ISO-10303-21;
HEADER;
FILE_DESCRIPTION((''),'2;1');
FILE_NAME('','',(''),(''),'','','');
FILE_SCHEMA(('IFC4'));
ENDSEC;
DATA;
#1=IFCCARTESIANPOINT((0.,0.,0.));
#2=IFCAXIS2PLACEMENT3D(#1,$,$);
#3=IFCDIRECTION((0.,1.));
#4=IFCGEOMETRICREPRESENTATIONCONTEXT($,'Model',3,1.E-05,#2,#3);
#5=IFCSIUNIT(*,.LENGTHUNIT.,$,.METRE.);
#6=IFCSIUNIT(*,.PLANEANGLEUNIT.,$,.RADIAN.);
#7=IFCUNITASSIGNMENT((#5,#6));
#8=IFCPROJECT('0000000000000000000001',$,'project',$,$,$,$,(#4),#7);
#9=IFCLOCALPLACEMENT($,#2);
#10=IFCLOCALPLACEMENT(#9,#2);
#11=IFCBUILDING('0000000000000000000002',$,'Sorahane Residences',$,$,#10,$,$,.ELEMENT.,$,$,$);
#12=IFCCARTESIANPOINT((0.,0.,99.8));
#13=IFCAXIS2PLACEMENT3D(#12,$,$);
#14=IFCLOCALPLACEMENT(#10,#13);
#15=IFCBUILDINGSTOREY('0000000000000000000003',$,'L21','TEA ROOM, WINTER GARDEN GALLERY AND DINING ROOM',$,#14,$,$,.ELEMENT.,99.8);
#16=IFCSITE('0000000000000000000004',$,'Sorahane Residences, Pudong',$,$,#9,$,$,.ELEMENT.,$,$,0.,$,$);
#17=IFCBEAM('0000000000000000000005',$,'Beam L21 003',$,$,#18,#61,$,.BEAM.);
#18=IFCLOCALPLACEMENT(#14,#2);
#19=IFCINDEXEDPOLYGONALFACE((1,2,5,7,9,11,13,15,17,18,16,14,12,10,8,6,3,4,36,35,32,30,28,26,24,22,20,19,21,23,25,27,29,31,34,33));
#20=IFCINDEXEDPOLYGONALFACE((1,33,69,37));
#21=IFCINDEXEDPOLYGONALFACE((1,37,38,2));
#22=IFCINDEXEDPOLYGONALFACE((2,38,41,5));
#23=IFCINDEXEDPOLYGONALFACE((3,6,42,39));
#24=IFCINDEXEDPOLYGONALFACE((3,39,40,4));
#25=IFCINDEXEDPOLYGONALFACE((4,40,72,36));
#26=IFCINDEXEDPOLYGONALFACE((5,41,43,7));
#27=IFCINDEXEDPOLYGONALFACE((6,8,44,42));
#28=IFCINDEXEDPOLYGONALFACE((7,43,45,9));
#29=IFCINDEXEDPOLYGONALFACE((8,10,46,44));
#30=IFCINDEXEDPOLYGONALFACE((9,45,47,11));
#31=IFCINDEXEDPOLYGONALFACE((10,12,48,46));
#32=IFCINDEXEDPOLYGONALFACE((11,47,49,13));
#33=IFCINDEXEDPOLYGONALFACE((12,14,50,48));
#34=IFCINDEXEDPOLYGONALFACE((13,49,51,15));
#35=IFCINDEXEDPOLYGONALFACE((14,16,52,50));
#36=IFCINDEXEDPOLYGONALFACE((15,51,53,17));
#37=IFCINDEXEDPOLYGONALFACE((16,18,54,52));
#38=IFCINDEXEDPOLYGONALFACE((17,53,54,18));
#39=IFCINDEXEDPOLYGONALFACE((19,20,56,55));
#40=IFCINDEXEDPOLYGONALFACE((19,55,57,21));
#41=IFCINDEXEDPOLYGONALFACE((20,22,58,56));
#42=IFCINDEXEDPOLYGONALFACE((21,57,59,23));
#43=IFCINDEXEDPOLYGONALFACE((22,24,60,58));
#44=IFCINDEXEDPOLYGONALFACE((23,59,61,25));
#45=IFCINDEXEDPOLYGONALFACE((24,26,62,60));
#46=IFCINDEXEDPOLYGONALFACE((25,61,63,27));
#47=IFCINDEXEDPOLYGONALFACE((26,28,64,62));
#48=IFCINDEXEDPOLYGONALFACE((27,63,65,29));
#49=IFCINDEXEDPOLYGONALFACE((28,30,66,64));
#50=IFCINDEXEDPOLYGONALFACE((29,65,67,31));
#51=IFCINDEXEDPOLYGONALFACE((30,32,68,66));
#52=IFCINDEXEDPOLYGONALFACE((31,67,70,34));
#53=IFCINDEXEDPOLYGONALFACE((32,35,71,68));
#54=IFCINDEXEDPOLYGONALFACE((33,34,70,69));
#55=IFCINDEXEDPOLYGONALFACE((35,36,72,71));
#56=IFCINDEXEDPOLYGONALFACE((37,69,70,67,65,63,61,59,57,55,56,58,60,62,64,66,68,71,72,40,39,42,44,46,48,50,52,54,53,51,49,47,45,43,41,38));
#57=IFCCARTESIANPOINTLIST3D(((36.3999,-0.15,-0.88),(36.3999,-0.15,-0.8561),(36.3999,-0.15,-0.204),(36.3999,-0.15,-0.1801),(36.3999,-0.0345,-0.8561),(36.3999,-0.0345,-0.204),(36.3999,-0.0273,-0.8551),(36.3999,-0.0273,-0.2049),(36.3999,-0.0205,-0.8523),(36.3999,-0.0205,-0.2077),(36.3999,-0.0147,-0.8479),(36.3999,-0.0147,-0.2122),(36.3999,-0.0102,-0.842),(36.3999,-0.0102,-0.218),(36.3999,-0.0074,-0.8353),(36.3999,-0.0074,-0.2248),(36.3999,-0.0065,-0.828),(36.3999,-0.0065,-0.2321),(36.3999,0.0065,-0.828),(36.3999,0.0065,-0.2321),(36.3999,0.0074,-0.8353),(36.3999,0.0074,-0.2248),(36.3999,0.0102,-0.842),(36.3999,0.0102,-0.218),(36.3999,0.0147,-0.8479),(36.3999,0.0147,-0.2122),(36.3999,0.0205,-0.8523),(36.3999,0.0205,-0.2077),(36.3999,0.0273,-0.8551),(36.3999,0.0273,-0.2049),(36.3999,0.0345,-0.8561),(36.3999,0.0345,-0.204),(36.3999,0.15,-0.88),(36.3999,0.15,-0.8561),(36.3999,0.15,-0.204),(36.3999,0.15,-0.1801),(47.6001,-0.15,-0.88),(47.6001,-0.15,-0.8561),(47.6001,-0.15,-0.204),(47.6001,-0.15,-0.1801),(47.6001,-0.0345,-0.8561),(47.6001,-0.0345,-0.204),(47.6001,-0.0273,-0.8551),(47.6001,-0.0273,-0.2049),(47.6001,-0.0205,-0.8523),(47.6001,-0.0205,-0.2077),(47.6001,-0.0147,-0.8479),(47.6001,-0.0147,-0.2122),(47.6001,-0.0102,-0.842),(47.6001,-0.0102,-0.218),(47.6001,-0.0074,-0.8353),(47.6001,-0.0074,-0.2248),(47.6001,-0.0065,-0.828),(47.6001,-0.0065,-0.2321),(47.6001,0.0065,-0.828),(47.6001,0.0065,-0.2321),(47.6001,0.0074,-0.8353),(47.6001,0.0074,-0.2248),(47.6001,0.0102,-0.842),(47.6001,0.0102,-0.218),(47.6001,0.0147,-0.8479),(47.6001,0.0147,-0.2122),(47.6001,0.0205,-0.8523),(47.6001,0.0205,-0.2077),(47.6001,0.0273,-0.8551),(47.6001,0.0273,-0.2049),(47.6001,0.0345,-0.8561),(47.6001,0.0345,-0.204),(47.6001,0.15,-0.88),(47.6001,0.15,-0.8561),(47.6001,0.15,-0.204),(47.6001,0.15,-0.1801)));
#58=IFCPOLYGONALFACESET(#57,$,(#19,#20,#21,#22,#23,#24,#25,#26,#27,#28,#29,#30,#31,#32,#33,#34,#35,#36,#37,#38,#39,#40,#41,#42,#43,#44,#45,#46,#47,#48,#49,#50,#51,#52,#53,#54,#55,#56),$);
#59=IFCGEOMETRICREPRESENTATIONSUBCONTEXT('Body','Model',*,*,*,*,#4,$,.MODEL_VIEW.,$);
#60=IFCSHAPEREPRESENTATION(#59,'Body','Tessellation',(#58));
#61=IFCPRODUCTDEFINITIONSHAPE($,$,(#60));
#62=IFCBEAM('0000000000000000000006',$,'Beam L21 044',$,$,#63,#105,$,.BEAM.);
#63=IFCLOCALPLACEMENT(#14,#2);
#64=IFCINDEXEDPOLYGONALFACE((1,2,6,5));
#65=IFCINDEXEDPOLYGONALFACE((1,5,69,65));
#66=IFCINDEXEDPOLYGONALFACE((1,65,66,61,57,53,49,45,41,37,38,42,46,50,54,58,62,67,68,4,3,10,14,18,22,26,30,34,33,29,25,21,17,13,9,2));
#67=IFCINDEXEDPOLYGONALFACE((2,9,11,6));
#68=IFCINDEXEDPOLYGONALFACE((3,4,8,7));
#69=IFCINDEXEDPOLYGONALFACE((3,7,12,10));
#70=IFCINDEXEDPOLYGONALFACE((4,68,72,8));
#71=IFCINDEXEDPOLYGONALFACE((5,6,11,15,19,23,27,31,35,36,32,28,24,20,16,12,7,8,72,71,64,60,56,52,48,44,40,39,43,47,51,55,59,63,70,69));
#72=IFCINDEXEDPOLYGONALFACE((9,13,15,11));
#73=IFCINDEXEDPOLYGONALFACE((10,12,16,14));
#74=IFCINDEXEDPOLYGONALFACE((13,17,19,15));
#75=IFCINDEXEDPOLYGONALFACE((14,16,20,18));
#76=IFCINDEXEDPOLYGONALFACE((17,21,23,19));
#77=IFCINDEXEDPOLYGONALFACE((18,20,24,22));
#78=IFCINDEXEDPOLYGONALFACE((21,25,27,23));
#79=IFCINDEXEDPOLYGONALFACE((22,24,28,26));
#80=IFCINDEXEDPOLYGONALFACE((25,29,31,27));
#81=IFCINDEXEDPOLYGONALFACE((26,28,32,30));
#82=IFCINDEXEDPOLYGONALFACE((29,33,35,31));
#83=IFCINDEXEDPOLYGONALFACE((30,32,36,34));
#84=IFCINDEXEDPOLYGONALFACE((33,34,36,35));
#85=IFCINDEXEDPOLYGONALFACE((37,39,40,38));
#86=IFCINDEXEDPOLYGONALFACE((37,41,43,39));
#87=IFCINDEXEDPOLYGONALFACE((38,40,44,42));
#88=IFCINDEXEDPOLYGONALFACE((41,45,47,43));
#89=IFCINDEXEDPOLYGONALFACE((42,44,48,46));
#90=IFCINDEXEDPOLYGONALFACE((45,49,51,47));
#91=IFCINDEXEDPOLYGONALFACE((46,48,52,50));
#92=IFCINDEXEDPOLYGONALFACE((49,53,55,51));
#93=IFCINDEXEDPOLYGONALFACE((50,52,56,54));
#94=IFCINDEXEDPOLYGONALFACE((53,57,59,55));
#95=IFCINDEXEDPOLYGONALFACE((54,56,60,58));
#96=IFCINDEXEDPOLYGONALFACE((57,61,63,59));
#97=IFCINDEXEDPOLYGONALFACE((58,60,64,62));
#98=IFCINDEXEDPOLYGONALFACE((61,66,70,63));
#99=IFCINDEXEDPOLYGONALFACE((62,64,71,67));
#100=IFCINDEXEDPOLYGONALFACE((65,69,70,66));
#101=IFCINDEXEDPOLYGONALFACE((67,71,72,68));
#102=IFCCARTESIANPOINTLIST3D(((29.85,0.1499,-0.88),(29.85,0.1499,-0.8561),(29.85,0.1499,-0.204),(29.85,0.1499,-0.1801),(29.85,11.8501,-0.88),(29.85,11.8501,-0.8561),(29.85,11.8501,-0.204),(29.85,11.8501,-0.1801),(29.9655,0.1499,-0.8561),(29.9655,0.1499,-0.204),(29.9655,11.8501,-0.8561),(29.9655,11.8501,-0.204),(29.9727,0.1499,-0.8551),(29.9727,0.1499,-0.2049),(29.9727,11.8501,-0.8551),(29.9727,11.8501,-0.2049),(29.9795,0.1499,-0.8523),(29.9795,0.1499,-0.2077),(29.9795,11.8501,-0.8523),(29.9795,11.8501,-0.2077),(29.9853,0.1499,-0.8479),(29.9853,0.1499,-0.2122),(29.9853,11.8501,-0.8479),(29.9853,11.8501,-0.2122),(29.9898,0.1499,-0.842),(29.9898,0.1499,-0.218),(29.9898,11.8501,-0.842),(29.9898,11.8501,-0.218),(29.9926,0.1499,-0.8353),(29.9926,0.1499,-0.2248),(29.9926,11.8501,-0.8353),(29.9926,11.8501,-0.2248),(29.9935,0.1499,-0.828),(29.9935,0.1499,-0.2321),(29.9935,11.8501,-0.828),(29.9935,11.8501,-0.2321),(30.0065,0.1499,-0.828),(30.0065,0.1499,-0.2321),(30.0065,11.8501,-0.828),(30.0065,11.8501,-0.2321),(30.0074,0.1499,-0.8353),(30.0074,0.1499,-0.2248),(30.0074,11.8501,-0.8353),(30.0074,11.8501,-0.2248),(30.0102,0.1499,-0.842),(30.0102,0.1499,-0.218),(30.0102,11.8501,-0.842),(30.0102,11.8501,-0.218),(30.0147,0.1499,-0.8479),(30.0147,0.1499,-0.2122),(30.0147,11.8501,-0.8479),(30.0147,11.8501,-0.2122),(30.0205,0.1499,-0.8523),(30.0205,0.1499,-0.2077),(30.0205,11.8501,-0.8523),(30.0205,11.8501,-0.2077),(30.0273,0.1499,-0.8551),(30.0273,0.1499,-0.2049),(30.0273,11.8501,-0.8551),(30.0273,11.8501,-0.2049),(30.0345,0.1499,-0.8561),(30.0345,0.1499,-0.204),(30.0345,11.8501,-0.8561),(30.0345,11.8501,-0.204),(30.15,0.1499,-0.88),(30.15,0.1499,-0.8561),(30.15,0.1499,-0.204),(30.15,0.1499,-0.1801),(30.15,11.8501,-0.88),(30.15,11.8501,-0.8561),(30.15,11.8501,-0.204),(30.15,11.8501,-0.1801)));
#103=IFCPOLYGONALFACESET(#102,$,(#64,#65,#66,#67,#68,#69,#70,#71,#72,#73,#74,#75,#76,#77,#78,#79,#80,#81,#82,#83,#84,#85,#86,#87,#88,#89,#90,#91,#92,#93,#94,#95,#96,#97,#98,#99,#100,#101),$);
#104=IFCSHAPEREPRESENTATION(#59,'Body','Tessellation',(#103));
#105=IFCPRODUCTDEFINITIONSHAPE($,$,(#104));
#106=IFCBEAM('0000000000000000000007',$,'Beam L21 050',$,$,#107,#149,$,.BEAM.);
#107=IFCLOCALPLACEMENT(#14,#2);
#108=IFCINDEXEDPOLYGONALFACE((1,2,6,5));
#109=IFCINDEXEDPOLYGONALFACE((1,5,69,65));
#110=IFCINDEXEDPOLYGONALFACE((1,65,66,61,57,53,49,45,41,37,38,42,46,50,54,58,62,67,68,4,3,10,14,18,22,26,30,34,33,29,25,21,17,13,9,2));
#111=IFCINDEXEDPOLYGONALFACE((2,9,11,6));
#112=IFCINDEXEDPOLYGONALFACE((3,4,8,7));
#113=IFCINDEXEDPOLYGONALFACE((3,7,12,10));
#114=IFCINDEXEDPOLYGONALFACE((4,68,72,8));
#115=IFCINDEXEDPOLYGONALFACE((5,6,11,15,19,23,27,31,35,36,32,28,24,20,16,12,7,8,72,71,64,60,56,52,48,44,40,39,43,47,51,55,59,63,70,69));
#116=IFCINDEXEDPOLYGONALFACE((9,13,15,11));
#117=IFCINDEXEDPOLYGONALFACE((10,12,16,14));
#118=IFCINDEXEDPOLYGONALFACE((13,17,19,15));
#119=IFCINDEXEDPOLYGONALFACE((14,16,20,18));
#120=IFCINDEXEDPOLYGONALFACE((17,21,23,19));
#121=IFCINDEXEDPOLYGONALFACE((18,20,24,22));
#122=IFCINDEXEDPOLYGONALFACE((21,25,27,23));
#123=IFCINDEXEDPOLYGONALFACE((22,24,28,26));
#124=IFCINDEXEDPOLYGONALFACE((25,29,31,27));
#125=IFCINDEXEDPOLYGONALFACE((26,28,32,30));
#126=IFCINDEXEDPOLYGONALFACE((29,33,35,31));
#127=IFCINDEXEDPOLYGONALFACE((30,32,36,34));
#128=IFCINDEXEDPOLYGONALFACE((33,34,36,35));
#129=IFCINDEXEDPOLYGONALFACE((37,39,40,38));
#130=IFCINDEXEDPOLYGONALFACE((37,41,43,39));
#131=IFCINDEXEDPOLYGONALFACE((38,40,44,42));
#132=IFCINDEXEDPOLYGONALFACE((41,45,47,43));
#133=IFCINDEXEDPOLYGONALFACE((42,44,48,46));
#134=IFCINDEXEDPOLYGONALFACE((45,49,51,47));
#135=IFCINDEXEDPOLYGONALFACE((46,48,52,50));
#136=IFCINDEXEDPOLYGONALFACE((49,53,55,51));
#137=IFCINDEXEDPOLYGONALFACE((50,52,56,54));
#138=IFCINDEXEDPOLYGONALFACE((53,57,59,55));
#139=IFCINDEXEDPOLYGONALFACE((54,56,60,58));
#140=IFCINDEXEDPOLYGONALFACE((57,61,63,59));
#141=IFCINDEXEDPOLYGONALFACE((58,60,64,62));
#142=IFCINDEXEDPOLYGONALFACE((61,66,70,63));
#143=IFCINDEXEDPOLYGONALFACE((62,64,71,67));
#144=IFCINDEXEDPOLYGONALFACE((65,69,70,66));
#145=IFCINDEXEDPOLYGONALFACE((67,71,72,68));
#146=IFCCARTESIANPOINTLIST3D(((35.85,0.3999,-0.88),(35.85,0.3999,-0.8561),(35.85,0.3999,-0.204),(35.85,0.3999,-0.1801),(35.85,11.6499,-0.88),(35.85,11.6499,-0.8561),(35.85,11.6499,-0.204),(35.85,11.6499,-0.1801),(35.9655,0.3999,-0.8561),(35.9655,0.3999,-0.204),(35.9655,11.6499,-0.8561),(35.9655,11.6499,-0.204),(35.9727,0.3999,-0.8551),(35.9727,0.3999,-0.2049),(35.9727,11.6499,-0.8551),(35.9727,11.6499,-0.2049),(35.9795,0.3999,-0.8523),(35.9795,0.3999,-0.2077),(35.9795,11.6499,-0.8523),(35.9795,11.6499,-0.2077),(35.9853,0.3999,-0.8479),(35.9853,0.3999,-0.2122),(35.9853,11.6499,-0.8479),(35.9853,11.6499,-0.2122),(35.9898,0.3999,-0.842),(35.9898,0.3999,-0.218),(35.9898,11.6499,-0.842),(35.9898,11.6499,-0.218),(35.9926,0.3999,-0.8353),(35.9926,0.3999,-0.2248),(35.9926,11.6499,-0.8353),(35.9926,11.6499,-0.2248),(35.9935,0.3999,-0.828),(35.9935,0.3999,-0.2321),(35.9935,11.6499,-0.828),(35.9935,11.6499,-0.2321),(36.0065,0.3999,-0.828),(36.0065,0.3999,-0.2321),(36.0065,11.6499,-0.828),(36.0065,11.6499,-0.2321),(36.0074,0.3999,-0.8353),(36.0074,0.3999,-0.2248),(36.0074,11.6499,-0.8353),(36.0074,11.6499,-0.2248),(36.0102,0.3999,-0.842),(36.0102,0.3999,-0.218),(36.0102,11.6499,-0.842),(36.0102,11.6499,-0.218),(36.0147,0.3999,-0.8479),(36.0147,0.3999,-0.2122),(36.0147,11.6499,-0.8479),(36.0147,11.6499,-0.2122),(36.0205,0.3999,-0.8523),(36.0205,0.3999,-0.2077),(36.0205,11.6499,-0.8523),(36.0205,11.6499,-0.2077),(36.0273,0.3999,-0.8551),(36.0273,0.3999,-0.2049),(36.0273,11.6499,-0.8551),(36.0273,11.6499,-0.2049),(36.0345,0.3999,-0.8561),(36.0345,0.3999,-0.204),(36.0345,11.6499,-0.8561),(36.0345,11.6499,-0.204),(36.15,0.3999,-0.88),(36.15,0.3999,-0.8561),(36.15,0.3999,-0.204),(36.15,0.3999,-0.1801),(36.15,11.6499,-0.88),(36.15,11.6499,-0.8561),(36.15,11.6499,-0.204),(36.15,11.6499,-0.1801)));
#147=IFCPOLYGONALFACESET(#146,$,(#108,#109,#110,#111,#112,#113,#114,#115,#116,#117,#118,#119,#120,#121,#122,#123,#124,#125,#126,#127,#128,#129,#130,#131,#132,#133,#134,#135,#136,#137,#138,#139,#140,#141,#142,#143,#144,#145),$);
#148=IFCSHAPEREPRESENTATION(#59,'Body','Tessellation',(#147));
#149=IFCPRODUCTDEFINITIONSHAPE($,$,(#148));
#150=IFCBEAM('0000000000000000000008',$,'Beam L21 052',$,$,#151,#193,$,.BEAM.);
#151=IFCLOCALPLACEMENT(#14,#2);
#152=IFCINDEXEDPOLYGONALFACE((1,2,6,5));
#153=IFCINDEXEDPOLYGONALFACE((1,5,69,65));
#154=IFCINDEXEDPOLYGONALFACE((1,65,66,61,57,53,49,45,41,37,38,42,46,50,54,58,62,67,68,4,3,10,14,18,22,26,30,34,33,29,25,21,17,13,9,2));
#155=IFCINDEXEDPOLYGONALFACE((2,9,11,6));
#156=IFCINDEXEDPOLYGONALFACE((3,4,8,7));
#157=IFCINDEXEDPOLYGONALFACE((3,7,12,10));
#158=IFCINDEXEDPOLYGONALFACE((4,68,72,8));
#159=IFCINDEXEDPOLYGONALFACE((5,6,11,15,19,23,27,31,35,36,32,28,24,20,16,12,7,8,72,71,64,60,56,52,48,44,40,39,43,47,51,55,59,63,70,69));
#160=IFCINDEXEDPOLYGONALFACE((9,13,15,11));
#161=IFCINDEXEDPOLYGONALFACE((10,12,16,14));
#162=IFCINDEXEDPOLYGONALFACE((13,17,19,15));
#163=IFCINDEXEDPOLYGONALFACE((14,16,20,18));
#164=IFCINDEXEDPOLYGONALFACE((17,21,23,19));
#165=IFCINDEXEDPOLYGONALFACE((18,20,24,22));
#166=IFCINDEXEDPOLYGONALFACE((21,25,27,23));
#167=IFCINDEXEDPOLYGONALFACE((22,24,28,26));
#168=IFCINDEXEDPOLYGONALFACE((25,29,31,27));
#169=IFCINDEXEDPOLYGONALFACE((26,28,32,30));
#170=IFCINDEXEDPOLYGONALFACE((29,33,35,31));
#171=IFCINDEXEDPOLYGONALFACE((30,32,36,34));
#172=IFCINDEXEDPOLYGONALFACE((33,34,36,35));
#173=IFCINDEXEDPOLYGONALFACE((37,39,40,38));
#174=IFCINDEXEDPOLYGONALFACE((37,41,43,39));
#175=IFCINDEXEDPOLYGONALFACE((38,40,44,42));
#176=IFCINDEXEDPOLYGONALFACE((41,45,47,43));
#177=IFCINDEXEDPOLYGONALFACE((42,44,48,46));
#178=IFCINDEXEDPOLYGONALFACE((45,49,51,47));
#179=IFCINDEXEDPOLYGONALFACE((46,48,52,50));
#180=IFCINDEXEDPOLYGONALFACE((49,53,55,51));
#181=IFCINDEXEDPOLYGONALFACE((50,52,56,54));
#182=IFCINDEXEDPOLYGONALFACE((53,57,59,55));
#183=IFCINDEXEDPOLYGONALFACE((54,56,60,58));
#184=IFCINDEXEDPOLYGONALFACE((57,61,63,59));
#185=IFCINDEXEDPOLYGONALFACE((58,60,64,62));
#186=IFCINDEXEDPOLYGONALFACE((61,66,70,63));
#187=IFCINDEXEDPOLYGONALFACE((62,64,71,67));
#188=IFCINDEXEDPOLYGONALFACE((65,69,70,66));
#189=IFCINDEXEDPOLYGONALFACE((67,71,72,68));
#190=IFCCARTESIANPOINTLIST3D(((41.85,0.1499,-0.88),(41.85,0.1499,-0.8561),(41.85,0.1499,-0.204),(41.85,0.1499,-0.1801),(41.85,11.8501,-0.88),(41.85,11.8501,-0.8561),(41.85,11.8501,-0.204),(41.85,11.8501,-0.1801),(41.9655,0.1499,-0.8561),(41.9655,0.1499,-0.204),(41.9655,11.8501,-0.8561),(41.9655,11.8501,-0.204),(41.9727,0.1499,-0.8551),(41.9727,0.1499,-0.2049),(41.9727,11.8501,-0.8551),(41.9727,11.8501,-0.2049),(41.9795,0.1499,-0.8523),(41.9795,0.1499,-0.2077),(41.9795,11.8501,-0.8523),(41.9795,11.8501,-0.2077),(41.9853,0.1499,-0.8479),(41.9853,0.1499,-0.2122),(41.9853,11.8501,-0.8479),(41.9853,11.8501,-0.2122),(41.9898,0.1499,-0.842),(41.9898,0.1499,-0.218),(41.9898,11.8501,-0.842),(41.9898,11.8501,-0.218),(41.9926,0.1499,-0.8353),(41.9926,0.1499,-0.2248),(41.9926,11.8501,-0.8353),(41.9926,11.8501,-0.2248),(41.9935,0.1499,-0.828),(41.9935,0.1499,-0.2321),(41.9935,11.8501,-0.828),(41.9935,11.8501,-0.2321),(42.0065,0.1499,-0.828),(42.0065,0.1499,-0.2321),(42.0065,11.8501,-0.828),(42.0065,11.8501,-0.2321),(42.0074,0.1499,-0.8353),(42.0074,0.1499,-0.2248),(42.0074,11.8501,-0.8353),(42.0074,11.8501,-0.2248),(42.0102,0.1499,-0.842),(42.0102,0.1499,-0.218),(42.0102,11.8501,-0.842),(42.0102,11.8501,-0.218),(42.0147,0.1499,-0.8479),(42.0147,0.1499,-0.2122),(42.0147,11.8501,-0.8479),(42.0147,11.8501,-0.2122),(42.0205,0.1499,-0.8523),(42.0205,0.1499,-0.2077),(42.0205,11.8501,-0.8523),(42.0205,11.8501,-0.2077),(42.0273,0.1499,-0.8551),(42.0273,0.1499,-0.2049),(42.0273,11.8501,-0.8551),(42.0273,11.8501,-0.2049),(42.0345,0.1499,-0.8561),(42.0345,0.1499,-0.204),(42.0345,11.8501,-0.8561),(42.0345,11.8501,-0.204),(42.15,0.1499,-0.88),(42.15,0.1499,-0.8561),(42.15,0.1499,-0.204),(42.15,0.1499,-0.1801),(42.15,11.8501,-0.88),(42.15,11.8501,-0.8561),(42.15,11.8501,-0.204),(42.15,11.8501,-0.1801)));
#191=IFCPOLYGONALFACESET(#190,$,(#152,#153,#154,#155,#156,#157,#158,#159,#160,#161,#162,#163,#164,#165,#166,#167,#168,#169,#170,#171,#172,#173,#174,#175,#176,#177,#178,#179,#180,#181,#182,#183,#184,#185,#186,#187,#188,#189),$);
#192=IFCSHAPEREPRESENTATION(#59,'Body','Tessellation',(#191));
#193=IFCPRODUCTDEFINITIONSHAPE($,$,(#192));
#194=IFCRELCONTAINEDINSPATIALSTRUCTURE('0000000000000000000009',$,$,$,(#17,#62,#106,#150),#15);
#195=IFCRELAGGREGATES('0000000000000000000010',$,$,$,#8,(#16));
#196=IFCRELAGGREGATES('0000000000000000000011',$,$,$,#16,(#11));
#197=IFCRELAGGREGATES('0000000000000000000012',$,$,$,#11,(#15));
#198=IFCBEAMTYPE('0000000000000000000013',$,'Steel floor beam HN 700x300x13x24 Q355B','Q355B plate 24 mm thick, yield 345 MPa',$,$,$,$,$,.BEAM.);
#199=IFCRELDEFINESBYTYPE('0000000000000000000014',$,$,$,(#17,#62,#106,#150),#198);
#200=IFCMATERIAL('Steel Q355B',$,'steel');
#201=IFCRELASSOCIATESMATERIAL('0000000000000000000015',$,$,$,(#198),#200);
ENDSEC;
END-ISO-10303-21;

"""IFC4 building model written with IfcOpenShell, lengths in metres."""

from ifc_helpers import new_model, si_unit, direction, frame, origin, origin_2d, place, context, subcontext, project, spatial, i_section, extrude, material, material_profile, profile_set, type_object, element, save


model = new_model("IFC4")

# Units and contexts
model_context = context("Model", 3, precision=1e-05, world=origin(), true_north=direction((0.0, 1.0)))
body_context = subcontext(model_context, "Body", "Model", "MODEL_VIEW")
ifc_project = project(units=[si_unit("LENGTHUNIT", "METRE"), si_unit("PLANEANGLEUNIT", "RADIAN")], contexts=[model_context])

# Site, building, storey
site_placement = place(None, origin())
site = spatial("IfcSite", under=ifc_project, at=site_placement, Name="Sorahane Residences, Pudong", CompositionType="ELEMENT", RefElevation=0.0)
building_placement = place(site_placement, origin())
building = spatial("IfcBuilding", under=site, at=building_placement, Name="Sorahane Residences", CompositionType="ELEMENT")
storey_placement = place(building_placement, frame((0.0, 0.0, 99.8)))
storey = spatial("IfcBuildingStorey", under=building, at=storey_placement, Name="L21", Description="TEA ROOM, WINTER GARDEN GALLERY AND DINING ROOM", CompositionType="ELEMENT", Elevation=99.8)

# Beams
ifc_material_1 = material(Name="Steel Q355B", Category="steel")
ifc_material_profile_1 = material_profile(ifc_material_1, i_section(OverallWidth=0.3, OverallDepth=0.7, WebThickness=0.0129, FlangeThickness=0.0239, FilletRadius=0.0281, at=origin_2d()), Name="HN 700x300x13x24")
ifc_profile_set_1 = profile_set([ifc_material_profile_1], Name="Steel Q355B")
beam_type_1 = type_object("IfcBeamType", Name="Steel floor beam HN 700x300x13x24 Q355B", Description="Q355B plate 24 mm thick, yield 345 MPa", PredefinedType="BEAM", material=ifc_profile_set_1)
beam_1_placement = place(storey_placement, frame((36.3999, 0.0, -0.53), z_axis=(1.0, 0.0, 0.0), x_axis=(0.0, 1.0, 0.0)))
element("IfcBeam", 1, at=beam_1_placement, inside=storey, type_object=beam_type_1, Name="Beam L21 003", PredefinedType="BEAM", context=body_context, shape_type="SweptSolid", body=[
    extrude(i_section(OverallWidth=0.3, OverallDepth=0.7, WebThickness=0.0129, FlangeThickness=0.0239, FilletRadius=0.0281, at=origin_2d()), origin(), (0.0, 0.0, 1.0), 11.2002),
])
beam_2_placement = place(storey_placement, frame((30.0, 0.1499, -0.53), z_axis=(0.0, 1.0, 0.0), x_axis=(-1.0, 0.0, 0.0)))
element("IfcBeam", 2, at=beam_2_placement, inside=storey, type_object=beam_type_1, Name="Beam L21 044", PredefinedType="BEAM", context=body_context, shape_type="SweptSolid", body=[
    extrude(i_section(OverallWidth=0.3, OverallDepth=0.7, WebThickness=0.0129, FlangeThickness=0.0239, FilletRadius=0.0281, at=origin_2d()), origin(), (0.0, 0.0, 1.0), 11.7002),
])
beam_3_placement = place(storey_placement, frame((36.0, 0.3999, -0.53), z_axis=(0.0, 1.0, 0.0), x_axis=(-1.0, 0.0, 0.0)))
element("IfcBeam", 3, at=beam_3_placement, inside=storey, type_object=beam_type_1, Name="Beam L21 050", PredefinedType="BEAM", context=body_context, shape_type="SweptSolid", body=[
    extrude(i_section(OverallWidth=0.3, OverallDepth=0.7, WebThickness=0.0129, FlangeThickness=0.0239, FilletRadius=0.0281, at=origin_2d()), origin(), (0.0, 0.0, 1.0), 11.25),
])
beam_4_placement = place(storey_placement, frame((42.0, 0.1499, -0.53), z_axis=(0.0, 1.0, 0.0), x_axis=(-1.0, 0.0, 0.0)))
element("IfcBeam", 4, at=beam_4_placement, inside=storey, type_object=beam_type_1, Name="Beam L21 052", PredefinedType="BEAM", context=body_context, shape_type="SweptSolid", body=[
    extrude(i_section(OverallWidth=0.3, OverallDepth=0.7, WebThickness=0.0129, FlangeThickness=0.0239, FilletRadius=0.0281, at=origin_2d()), origin(), (0.0, 0.0, 1.0), 11.7002),
])

save(model, "model.ifc")
